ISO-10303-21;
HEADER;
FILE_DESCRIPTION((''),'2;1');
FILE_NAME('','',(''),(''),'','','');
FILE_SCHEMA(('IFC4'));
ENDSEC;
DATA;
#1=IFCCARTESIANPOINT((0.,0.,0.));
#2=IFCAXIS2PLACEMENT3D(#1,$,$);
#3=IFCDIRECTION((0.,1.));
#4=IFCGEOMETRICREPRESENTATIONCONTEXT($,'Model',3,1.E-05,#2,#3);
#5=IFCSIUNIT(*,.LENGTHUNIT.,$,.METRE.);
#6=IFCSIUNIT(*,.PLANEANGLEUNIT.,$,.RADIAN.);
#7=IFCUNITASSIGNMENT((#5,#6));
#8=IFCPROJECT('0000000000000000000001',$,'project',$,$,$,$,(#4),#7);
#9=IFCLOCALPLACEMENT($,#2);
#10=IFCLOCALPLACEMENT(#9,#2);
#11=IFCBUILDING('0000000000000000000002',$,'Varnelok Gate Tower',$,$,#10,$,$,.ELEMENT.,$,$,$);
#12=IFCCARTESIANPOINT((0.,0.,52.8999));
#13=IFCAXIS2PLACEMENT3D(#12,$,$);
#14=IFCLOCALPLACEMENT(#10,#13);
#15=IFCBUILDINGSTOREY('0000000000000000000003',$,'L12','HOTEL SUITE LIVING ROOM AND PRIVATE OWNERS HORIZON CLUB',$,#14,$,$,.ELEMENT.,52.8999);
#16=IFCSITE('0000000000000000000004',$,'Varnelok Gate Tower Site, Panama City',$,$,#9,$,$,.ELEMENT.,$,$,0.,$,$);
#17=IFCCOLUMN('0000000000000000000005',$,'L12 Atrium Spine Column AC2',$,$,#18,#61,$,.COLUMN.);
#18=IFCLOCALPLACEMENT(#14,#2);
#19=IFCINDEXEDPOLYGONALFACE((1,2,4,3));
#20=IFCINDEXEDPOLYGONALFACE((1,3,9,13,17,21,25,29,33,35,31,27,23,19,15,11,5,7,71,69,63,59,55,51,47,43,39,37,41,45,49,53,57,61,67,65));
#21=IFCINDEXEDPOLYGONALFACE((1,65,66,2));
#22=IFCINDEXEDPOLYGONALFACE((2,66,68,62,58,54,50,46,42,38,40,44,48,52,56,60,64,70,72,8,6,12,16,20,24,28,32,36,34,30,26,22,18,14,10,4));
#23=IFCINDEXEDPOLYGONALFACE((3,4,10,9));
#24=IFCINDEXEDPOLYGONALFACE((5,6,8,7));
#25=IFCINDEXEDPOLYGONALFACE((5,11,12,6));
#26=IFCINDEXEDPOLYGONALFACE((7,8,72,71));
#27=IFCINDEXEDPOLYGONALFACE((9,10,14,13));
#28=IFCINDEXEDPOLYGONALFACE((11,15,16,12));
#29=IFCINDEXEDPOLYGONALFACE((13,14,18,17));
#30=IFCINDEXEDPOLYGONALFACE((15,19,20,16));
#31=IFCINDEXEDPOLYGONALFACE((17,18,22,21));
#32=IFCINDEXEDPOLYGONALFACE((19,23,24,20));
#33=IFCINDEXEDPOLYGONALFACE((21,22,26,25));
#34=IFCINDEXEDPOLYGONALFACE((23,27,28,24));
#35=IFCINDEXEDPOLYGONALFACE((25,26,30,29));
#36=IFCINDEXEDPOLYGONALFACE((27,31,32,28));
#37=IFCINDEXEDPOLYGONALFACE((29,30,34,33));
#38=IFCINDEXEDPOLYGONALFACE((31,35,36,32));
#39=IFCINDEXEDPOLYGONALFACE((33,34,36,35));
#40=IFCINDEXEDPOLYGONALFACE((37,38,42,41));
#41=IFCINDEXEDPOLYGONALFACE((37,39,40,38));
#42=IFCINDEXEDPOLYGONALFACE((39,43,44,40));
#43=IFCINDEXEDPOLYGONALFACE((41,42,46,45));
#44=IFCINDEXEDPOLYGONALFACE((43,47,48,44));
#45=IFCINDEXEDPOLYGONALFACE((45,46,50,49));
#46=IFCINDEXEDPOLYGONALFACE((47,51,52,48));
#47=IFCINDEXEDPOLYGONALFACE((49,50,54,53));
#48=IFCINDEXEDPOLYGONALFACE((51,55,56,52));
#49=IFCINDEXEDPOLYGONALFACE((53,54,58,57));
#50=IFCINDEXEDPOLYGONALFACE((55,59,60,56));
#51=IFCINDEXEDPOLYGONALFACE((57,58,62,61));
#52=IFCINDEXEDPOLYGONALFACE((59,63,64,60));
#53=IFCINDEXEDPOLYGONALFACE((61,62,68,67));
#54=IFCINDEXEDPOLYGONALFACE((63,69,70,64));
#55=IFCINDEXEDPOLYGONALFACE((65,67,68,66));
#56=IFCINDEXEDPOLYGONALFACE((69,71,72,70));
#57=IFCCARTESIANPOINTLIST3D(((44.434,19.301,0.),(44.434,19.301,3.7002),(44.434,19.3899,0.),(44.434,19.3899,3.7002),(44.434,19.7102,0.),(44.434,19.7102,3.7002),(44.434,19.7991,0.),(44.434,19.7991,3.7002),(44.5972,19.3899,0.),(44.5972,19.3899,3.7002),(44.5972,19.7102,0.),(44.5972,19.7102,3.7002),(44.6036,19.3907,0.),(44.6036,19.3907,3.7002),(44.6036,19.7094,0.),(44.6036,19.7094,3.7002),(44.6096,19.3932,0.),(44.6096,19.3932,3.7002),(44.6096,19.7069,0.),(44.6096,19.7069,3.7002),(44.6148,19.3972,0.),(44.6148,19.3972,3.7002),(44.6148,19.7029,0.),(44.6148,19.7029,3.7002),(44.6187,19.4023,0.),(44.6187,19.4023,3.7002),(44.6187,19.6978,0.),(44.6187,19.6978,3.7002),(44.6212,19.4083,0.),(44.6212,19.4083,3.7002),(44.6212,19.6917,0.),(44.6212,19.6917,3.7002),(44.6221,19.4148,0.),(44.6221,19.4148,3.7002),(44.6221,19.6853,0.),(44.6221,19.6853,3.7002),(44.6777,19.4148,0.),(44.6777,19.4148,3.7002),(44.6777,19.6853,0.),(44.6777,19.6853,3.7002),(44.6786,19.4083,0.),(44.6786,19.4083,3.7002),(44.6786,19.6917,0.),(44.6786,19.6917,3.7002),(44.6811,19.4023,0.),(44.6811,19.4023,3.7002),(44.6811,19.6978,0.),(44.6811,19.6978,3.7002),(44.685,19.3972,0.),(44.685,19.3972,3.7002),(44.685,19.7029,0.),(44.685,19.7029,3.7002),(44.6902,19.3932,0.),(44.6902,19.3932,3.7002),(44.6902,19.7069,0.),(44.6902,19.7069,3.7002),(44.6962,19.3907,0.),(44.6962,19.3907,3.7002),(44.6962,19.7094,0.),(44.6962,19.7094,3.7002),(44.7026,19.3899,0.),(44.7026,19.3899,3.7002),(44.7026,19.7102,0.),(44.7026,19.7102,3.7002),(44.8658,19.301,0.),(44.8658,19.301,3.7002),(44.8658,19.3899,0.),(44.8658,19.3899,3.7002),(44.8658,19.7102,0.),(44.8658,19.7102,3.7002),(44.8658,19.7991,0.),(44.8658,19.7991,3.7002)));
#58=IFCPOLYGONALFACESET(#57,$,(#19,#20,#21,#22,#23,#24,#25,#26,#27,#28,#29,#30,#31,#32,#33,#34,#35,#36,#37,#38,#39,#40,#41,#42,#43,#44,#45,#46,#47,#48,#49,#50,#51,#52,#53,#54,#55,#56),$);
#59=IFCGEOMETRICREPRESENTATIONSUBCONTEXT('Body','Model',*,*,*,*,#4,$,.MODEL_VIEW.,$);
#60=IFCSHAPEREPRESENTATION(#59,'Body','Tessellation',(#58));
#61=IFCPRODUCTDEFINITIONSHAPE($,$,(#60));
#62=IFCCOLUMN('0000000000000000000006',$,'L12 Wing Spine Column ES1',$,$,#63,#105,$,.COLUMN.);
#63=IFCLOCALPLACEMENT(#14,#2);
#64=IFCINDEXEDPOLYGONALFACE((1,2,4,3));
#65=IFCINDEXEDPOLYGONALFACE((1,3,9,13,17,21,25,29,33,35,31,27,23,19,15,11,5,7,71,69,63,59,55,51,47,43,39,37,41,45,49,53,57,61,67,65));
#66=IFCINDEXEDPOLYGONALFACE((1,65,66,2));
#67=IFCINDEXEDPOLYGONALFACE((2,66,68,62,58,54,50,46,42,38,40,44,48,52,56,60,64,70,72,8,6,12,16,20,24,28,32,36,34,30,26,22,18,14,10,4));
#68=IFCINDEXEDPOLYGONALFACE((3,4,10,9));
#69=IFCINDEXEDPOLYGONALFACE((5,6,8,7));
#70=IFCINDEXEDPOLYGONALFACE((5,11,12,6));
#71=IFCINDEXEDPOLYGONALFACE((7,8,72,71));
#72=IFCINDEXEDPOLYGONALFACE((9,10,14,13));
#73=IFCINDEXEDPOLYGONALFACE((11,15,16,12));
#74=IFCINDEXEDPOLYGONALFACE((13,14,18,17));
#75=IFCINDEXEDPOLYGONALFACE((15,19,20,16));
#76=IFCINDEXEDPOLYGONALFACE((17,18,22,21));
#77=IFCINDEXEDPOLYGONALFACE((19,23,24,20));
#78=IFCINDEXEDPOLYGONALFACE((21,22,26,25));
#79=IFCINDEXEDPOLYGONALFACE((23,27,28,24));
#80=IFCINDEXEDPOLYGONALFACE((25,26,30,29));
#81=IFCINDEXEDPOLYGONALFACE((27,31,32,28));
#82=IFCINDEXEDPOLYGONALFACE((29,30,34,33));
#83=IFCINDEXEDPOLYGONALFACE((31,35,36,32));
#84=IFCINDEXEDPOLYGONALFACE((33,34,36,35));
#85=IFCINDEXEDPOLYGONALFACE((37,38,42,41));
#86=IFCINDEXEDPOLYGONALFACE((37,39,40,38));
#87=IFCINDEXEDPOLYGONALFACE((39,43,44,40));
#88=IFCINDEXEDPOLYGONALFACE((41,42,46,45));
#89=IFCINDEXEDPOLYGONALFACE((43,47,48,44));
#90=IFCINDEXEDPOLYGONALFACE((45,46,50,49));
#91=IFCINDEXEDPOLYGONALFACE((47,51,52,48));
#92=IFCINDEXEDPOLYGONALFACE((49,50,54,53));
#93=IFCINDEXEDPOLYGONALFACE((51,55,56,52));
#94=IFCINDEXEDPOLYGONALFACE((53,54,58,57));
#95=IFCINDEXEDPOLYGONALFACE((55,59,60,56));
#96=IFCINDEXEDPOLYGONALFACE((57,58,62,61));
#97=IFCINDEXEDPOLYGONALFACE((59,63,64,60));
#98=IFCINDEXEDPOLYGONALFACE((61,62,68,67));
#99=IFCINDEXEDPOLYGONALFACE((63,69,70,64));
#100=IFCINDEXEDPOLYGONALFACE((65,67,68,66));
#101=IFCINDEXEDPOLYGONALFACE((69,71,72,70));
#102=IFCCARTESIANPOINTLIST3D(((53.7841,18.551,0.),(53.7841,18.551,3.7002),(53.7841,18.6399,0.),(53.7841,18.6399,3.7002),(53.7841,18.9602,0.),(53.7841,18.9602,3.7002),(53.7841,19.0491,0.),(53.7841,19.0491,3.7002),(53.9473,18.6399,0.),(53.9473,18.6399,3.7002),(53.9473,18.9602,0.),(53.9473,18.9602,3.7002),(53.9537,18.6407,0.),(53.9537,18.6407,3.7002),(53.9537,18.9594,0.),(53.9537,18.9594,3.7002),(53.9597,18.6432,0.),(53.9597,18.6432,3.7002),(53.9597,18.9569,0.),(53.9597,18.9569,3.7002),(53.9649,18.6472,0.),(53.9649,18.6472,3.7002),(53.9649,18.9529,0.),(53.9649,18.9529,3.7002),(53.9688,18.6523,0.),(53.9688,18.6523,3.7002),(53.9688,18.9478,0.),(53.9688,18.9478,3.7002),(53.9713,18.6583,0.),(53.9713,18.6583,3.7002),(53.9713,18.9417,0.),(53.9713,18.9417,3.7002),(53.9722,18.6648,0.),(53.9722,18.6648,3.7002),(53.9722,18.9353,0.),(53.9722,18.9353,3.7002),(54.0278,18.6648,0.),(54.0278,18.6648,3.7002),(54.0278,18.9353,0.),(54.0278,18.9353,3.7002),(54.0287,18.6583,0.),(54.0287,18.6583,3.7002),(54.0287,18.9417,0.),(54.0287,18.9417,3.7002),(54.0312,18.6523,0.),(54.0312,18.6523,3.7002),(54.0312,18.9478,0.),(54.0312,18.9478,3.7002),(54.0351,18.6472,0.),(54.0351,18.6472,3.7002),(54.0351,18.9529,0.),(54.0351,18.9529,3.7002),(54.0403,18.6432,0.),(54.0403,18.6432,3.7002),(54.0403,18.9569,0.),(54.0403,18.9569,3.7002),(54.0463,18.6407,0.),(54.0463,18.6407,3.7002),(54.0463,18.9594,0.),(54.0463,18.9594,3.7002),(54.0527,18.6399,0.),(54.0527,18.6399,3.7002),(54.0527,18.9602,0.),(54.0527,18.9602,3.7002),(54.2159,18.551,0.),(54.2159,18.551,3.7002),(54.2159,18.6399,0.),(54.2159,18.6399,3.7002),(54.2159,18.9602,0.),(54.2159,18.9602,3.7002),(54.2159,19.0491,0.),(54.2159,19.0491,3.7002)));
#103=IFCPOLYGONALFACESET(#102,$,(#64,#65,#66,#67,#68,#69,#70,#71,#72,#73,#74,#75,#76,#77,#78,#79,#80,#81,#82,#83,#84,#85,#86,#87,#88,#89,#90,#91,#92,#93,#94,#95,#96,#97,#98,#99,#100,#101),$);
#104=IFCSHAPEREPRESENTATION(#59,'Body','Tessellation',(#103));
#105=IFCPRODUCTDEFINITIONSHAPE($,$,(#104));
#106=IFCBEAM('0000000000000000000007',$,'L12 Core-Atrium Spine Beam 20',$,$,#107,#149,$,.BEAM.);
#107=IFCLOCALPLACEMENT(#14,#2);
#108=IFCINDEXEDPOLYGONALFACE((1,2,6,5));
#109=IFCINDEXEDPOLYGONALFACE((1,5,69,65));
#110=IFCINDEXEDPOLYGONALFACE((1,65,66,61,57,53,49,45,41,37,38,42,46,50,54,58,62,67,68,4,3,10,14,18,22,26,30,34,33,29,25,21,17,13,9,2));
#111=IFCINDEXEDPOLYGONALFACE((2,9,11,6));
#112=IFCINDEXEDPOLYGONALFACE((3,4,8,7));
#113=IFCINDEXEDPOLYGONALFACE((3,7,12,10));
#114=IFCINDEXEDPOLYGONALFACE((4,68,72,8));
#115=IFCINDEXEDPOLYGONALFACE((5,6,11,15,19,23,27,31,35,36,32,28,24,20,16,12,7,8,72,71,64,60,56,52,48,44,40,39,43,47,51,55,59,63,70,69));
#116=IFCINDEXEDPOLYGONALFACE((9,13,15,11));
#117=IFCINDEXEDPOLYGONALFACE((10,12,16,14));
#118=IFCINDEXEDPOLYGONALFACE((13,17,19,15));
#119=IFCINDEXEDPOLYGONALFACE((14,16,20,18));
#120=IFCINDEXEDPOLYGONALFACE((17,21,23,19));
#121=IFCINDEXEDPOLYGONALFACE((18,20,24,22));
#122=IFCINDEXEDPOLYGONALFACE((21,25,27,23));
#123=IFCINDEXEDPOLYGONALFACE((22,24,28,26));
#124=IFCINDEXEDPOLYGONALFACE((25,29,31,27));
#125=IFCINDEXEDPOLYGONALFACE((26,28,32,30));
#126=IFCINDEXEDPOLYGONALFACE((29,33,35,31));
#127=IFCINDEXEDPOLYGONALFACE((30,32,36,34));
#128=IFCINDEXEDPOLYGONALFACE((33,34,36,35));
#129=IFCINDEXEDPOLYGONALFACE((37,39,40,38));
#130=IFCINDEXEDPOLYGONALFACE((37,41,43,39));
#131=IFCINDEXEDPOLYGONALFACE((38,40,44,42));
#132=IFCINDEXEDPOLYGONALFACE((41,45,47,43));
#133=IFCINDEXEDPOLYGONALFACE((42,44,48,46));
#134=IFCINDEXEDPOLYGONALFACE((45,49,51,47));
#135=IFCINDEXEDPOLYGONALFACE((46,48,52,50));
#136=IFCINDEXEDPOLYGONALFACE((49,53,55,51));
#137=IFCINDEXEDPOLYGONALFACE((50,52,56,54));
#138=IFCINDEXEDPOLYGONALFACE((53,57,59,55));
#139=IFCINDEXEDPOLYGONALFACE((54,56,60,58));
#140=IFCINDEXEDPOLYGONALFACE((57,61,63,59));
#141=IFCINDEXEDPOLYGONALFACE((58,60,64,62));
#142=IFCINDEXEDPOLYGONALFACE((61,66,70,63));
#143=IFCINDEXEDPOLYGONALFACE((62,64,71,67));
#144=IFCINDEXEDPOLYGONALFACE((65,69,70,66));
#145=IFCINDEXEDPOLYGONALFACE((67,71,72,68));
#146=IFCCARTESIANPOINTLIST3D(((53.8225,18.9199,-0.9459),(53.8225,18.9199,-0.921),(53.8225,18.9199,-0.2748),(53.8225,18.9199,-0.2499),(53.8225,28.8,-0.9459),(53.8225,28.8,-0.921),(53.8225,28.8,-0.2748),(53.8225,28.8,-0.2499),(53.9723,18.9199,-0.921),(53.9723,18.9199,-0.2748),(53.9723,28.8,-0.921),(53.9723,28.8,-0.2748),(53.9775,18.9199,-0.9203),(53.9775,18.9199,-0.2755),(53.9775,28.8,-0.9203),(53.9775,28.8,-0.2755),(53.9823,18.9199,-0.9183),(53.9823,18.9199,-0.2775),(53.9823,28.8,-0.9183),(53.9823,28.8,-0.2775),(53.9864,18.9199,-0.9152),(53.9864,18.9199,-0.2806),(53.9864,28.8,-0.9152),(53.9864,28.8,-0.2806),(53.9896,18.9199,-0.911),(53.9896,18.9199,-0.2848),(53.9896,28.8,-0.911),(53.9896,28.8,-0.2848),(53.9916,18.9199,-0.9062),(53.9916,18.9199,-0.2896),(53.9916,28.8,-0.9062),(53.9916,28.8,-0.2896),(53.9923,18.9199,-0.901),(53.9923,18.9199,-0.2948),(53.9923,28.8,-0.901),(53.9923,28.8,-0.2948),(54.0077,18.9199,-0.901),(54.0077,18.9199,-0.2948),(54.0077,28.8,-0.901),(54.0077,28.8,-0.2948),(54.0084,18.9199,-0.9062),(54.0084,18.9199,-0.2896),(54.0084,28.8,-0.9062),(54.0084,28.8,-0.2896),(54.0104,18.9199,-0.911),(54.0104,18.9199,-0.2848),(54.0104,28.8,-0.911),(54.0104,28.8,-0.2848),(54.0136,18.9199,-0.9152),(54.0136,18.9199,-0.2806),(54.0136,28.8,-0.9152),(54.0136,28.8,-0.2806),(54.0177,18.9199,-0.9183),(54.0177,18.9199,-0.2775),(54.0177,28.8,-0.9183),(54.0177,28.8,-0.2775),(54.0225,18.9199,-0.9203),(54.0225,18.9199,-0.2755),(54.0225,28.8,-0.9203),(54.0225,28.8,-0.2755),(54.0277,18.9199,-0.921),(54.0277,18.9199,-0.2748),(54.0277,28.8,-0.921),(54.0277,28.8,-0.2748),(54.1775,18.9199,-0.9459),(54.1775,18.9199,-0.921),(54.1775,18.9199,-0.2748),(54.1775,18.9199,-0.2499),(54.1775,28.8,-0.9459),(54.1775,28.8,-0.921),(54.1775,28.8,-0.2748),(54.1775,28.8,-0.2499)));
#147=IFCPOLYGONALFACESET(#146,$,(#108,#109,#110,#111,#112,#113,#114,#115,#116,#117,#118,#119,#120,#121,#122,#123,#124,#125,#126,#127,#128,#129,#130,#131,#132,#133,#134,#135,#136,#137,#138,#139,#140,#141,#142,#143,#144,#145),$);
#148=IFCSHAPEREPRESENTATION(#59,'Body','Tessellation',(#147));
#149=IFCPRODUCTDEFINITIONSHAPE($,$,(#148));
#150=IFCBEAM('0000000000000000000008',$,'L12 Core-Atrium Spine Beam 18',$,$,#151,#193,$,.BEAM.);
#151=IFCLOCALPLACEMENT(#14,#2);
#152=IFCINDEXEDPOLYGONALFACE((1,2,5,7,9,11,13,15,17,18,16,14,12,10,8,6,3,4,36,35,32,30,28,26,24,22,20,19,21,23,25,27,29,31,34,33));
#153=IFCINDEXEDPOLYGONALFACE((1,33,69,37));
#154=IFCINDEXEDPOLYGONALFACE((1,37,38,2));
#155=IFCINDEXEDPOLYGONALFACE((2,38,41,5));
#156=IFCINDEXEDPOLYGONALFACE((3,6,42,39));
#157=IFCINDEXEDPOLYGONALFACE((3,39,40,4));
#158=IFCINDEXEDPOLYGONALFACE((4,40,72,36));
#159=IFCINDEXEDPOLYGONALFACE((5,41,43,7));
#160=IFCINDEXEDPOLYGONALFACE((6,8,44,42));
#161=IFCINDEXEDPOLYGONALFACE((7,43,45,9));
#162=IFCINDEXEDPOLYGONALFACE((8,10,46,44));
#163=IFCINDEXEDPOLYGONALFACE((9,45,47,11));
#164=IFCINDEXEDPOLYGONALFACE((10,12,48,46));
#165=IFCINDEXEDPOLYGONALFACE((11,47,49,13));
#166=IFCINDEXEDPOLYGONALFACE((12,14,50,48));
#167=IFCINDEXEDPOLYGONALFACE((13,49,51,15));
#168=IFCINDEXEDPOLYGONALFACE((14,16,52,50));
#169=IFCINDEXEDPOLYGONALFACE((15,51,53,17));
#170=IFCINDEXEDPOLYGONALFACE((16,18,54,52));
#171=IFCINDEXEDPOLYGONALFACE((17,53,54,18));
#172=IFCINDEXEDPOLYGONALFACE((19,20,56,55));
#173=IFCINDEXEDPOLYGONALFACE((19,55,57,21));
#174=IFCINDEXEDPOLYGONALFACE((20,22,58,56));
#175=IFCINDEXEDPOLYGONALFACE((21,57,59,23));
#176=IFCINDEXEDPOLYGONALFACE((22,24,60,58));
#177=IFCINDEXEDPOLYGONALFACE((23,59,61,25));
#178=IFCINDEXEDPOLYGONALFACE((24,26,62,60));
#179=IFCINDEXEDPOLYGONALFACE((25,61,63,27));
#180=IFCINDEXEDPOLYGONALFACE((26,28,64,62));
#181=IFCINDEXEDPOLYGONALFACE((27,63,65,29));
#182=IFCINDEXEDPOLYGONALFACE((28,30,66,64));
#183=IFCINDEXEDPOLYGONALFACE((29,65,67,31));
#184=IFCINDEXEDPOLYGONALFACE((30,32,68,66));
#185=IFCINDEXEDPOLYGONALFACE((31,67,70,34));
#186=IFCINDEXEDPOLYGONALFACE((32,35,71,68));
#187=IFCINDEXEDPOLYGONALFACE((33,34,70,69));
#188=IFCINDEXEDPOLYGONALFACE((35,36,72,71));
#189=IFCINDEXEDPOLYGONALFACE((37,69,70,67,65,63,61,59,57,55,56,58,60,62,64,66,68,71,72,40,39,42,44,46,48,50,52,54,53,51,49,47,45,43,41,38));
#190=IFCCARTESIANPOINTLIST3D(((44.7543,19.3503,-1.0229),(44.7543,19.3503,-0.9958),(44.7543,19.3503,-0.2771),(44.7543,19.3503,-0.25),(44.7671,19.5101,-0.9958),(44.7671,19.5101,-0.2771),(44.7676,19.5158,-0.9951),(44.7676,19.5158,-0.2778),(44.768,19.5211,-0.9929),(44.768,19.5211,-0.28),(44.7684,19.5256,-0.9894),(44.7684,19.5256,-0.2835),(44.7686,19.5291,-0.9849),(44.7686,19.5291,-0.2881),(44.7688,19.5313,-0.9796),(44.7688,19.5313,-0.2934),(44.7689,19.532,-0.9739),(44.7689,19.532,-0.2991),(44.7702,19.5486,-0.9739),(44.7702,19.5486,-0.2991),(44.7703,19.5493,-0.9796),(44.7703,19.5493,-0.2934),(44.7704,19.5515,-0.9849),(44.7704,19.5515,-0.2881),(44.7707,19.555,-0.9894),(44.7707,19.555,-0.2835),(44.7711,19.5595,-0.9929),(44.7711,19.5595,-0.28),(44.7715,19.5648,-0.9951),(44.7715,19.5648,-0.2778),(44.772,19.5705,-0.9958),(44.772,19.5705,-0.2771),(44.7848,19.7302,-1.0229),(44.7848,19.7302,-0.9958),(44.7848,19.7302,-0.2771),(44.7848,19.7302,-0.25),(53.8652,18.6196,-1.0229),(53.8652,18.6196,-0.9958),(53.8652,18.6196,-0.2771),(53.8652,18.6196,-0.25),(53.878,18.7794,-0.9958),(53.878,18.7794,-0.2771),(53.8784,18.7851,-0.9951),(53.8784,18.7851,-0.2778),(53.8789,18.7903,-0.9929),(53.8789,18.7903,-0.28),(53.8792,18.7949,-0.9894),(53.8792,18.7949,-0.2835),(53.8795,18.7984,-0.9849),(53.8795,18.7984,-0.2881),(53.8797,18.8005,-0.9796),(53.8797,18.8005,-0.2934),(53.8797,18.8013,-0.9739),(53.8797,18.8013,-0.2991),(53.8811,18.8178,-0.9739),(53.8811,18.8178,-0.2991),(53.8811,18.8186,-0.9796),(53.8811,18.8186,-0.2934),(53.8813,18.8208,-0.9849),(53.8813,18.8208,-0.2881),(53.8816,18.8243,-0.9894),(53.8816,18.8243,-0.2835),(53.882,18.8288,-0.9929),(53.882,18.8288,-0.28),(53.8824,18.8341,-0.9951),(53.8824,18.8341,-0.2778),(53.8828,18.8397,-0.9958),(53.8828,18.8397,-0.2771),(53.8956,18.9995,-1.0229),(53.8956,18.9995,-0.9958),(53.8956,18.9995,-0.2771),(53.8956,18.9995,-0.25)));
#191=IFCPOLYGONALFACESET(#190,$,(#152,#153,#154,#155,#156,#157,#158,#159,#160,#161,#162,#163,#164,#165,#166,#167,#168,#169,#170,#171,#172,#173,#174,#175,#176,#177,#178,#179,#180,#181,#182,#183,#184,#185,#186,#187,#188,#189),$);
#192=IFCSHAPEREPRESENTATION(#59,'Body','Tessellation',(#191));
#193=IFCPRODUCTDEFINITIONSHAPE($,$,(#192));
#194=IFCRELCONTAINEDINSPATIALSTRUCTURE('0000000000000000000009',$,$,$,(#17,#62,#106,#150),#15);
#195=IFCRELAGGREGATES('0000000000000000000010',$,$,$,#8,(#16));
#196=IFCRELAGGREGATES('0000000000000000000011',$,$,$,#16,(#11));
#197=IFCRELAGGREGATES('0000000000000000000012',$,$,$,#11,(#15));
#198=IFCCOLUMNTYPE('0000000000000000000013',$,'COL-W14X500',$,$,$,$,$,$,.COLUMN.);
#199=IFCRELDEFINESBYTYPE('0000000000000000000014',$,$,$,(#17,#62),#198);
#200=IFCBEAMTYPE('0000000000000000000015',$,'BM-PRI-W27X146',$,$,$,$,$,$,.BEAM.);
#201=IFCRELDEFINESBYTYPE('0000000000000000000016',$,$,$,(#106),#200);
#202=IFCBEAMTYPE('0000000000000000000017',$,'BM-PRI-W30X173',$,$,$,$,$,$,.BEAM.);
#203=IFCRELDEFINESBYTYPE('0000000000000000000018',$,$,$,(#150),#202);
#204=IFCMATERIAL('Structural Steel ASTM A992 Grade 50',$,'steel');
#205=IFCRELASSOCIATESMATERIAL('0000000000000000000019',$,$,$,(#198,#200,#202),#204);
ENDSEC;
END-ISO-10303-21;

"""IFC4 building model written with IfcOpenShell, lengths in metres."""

from ifc_helpers import new_model, si_unit, direction, frame, origin, origin_2d, place, context, subcontext, project, spatial, i_section, extrude, material, material_profile, profile_set, type_object, element, save


model = new_model("IFC4")

# Units and contexts
model_context = context("Model", 3, precision=1e-05, world=origin(), true_north=direction((0.0, 1.0)))
body_context = subcontext(model_context, "Body", "Model", "MODEL_VIEW")
ifc_project = project(units=[si_unit("LENGTHUNIT", "METRE"), si_unit("PLANEANGLEUNIT", "RADIAN")], contexts=[model_context])

# Site, building, storey
site_placement = place(None, origin())
site = spatial("IfcSite", under=ifc_project, at=site_placement, Name="Varnelok Gate Tower Site, Panama City", CompositionType="ELEMENT", RefElevation=0.0)
building_placement = place(site_placement, origin())
building = spatial("IfcBuilding", under=site, at=building_placement, Name="Varnelok Gate Tower", CompositionType="ELEMENT")
storey_placement = place(building_placement, frame((0.0, 0.0, 52.8999)))
storey = spatial("IfcBuildingStorey", under=building, at=storey_placement, Name="L12", Description="HOTEL SUITE LIVING ROOM AND PRIVATE OWNERS HORIZON CLUB", CompositionType="ELEMENT", Elevation=52.8999)

# Columns
ifc_material_1 = material(Name="Structural Steel ASTM A992 Grade 50", Category="steel")
ifc_material_profile_1 = material_profile(ifc_material_1, i_section(OverallWidth=0.4319, OverallDepth=0.498, WebThickness=0.0557, FlangeThickness=0.0889, FilletRadius=0.0249, at=origin_2d()), Name="W14X500")
ifc_profile_set_1 = profile_set([ifc_material_profile_1], Name="Structural Steel ASTM A992 Grade 50")
column_type = type_object("IfcColumnType", Name="COL-W14X500", PredefinedType="COLUMN", material=ifc_profile_set_1)
for number, where, z_axis, x_axis, name in (
    (1, (44.6499, 19.55, 0.0), (0.0, 0.0, 1.0), (1.0, 0.0, 0.0), "L12 Atrium Spine Column AC2"),
    (2, (54.0, 18.8, 0.0), (0.0, 0.0, 1.0), (1.0, 0.0, 0.0), "L12 Wing Spine Column ES1"),
):
    element("IfcColumn", number, at=place(storey_placement, frame(where, z_axis=z_axis, x_axis=x_axis)), inside=storey, type_object=column_type, Name=name, PredefinedType="COLUMN", context=body_context, shape_type="SweptSolid", body=[
        extrude(i_section(OverallWidth=0.4319, OverallDepth=0.498, WebThickness=0.0557, FlangeThickness=0.0889, FilletRadius=0.0249, at=origin_2d()), origin(), (0.0, 0.0, 1.0), 3.7002),
    ])

# Beams
ifc_material_profile_2 = material_profile(ifc_material_1, i_section(OverallWidth=0.355, OverallDepth=0.696, WebThickness=0.0154, FlangeThickness=0.0249, FilletRadius=0.02, at=origin_2d()), Name="W27X146")
ifc_profile_set_2 = profile_set([ifc_material_profile_2], Name="Structural Steel ASTM A992 Grade 50")
beam_type_1 = type_object("IfcBeamType", Name="BM-PRI-W27X146", PredefinedType="BEAM", material=ifc_profile_set_2)
beam_1_placement = place(storey_placement, frame((54.0, 18.9199, -0.5979), z_axis=(0.0, 1.0, 0.0), x_axis=(-1.0, 0.0, 0.0)))
element("IfcBeam", 3, at=beam_1_placement, inside=storey, type_object=beam_type_1, Name="L12 Core-Atrium Spine Beam 20", PredefinedType="BEAM", context=body_context, shape_type="SweptSolid", body=[
    extrude(i_section(OverallWidth=0.355, OverallDepth=0.696, WebThickness=0.0154, FlangeThickness=0.0249, FilletRadius=0.02, at=origin_2d()), origin(), (0.0, 0.0, 1.0), 9.8801),
])
ifc_material_profile_3 = material_profile(ifc_material_1, i_section(OverallWidth=0.3811, OverallDepth=0.7729, WebThickness=0.0166, FlangeThickness=0.0271, FilletRadius=0.022, at=origin_2d()), Name="W30X173")
ifc_profile_set_3 = profile_set([ifc_material_profile_3], Name="Structural Steel ASTM A992 Grade 50")
beam_type_2 = type_object("IfcBeamType", Name="BM-PRI-W30X173", PredefinedType="BEAM", material=ifc_profile_set_3)
beam_2_placement = place(storey_placement, frame((44.7695, 19.5403, -0.6365), z_axis=(0.996799, -0.079946, 0.0), x_axis=(0.079946, 0.996799, 0.0)))
element("IfcBeam", 4, at=beam_2_placement, inside=storey, type_object=beam_type_2, Name="L12 Core-Atrium Spine Beam 18", PredefinedType="BEAM", context=body_context, shape_type="SweptSolid", body=[
    extrude(i_section(OverallWidth=0.3811, OverallDepth=0.7729, WebThickness=0.0166, FlangeThickness=0.0271, FilletRadius=0.022, at=origin_2d()), origin(), (0.0, 0.0, 1.0), 9.1401),
])

save(model, "model.ifc")
